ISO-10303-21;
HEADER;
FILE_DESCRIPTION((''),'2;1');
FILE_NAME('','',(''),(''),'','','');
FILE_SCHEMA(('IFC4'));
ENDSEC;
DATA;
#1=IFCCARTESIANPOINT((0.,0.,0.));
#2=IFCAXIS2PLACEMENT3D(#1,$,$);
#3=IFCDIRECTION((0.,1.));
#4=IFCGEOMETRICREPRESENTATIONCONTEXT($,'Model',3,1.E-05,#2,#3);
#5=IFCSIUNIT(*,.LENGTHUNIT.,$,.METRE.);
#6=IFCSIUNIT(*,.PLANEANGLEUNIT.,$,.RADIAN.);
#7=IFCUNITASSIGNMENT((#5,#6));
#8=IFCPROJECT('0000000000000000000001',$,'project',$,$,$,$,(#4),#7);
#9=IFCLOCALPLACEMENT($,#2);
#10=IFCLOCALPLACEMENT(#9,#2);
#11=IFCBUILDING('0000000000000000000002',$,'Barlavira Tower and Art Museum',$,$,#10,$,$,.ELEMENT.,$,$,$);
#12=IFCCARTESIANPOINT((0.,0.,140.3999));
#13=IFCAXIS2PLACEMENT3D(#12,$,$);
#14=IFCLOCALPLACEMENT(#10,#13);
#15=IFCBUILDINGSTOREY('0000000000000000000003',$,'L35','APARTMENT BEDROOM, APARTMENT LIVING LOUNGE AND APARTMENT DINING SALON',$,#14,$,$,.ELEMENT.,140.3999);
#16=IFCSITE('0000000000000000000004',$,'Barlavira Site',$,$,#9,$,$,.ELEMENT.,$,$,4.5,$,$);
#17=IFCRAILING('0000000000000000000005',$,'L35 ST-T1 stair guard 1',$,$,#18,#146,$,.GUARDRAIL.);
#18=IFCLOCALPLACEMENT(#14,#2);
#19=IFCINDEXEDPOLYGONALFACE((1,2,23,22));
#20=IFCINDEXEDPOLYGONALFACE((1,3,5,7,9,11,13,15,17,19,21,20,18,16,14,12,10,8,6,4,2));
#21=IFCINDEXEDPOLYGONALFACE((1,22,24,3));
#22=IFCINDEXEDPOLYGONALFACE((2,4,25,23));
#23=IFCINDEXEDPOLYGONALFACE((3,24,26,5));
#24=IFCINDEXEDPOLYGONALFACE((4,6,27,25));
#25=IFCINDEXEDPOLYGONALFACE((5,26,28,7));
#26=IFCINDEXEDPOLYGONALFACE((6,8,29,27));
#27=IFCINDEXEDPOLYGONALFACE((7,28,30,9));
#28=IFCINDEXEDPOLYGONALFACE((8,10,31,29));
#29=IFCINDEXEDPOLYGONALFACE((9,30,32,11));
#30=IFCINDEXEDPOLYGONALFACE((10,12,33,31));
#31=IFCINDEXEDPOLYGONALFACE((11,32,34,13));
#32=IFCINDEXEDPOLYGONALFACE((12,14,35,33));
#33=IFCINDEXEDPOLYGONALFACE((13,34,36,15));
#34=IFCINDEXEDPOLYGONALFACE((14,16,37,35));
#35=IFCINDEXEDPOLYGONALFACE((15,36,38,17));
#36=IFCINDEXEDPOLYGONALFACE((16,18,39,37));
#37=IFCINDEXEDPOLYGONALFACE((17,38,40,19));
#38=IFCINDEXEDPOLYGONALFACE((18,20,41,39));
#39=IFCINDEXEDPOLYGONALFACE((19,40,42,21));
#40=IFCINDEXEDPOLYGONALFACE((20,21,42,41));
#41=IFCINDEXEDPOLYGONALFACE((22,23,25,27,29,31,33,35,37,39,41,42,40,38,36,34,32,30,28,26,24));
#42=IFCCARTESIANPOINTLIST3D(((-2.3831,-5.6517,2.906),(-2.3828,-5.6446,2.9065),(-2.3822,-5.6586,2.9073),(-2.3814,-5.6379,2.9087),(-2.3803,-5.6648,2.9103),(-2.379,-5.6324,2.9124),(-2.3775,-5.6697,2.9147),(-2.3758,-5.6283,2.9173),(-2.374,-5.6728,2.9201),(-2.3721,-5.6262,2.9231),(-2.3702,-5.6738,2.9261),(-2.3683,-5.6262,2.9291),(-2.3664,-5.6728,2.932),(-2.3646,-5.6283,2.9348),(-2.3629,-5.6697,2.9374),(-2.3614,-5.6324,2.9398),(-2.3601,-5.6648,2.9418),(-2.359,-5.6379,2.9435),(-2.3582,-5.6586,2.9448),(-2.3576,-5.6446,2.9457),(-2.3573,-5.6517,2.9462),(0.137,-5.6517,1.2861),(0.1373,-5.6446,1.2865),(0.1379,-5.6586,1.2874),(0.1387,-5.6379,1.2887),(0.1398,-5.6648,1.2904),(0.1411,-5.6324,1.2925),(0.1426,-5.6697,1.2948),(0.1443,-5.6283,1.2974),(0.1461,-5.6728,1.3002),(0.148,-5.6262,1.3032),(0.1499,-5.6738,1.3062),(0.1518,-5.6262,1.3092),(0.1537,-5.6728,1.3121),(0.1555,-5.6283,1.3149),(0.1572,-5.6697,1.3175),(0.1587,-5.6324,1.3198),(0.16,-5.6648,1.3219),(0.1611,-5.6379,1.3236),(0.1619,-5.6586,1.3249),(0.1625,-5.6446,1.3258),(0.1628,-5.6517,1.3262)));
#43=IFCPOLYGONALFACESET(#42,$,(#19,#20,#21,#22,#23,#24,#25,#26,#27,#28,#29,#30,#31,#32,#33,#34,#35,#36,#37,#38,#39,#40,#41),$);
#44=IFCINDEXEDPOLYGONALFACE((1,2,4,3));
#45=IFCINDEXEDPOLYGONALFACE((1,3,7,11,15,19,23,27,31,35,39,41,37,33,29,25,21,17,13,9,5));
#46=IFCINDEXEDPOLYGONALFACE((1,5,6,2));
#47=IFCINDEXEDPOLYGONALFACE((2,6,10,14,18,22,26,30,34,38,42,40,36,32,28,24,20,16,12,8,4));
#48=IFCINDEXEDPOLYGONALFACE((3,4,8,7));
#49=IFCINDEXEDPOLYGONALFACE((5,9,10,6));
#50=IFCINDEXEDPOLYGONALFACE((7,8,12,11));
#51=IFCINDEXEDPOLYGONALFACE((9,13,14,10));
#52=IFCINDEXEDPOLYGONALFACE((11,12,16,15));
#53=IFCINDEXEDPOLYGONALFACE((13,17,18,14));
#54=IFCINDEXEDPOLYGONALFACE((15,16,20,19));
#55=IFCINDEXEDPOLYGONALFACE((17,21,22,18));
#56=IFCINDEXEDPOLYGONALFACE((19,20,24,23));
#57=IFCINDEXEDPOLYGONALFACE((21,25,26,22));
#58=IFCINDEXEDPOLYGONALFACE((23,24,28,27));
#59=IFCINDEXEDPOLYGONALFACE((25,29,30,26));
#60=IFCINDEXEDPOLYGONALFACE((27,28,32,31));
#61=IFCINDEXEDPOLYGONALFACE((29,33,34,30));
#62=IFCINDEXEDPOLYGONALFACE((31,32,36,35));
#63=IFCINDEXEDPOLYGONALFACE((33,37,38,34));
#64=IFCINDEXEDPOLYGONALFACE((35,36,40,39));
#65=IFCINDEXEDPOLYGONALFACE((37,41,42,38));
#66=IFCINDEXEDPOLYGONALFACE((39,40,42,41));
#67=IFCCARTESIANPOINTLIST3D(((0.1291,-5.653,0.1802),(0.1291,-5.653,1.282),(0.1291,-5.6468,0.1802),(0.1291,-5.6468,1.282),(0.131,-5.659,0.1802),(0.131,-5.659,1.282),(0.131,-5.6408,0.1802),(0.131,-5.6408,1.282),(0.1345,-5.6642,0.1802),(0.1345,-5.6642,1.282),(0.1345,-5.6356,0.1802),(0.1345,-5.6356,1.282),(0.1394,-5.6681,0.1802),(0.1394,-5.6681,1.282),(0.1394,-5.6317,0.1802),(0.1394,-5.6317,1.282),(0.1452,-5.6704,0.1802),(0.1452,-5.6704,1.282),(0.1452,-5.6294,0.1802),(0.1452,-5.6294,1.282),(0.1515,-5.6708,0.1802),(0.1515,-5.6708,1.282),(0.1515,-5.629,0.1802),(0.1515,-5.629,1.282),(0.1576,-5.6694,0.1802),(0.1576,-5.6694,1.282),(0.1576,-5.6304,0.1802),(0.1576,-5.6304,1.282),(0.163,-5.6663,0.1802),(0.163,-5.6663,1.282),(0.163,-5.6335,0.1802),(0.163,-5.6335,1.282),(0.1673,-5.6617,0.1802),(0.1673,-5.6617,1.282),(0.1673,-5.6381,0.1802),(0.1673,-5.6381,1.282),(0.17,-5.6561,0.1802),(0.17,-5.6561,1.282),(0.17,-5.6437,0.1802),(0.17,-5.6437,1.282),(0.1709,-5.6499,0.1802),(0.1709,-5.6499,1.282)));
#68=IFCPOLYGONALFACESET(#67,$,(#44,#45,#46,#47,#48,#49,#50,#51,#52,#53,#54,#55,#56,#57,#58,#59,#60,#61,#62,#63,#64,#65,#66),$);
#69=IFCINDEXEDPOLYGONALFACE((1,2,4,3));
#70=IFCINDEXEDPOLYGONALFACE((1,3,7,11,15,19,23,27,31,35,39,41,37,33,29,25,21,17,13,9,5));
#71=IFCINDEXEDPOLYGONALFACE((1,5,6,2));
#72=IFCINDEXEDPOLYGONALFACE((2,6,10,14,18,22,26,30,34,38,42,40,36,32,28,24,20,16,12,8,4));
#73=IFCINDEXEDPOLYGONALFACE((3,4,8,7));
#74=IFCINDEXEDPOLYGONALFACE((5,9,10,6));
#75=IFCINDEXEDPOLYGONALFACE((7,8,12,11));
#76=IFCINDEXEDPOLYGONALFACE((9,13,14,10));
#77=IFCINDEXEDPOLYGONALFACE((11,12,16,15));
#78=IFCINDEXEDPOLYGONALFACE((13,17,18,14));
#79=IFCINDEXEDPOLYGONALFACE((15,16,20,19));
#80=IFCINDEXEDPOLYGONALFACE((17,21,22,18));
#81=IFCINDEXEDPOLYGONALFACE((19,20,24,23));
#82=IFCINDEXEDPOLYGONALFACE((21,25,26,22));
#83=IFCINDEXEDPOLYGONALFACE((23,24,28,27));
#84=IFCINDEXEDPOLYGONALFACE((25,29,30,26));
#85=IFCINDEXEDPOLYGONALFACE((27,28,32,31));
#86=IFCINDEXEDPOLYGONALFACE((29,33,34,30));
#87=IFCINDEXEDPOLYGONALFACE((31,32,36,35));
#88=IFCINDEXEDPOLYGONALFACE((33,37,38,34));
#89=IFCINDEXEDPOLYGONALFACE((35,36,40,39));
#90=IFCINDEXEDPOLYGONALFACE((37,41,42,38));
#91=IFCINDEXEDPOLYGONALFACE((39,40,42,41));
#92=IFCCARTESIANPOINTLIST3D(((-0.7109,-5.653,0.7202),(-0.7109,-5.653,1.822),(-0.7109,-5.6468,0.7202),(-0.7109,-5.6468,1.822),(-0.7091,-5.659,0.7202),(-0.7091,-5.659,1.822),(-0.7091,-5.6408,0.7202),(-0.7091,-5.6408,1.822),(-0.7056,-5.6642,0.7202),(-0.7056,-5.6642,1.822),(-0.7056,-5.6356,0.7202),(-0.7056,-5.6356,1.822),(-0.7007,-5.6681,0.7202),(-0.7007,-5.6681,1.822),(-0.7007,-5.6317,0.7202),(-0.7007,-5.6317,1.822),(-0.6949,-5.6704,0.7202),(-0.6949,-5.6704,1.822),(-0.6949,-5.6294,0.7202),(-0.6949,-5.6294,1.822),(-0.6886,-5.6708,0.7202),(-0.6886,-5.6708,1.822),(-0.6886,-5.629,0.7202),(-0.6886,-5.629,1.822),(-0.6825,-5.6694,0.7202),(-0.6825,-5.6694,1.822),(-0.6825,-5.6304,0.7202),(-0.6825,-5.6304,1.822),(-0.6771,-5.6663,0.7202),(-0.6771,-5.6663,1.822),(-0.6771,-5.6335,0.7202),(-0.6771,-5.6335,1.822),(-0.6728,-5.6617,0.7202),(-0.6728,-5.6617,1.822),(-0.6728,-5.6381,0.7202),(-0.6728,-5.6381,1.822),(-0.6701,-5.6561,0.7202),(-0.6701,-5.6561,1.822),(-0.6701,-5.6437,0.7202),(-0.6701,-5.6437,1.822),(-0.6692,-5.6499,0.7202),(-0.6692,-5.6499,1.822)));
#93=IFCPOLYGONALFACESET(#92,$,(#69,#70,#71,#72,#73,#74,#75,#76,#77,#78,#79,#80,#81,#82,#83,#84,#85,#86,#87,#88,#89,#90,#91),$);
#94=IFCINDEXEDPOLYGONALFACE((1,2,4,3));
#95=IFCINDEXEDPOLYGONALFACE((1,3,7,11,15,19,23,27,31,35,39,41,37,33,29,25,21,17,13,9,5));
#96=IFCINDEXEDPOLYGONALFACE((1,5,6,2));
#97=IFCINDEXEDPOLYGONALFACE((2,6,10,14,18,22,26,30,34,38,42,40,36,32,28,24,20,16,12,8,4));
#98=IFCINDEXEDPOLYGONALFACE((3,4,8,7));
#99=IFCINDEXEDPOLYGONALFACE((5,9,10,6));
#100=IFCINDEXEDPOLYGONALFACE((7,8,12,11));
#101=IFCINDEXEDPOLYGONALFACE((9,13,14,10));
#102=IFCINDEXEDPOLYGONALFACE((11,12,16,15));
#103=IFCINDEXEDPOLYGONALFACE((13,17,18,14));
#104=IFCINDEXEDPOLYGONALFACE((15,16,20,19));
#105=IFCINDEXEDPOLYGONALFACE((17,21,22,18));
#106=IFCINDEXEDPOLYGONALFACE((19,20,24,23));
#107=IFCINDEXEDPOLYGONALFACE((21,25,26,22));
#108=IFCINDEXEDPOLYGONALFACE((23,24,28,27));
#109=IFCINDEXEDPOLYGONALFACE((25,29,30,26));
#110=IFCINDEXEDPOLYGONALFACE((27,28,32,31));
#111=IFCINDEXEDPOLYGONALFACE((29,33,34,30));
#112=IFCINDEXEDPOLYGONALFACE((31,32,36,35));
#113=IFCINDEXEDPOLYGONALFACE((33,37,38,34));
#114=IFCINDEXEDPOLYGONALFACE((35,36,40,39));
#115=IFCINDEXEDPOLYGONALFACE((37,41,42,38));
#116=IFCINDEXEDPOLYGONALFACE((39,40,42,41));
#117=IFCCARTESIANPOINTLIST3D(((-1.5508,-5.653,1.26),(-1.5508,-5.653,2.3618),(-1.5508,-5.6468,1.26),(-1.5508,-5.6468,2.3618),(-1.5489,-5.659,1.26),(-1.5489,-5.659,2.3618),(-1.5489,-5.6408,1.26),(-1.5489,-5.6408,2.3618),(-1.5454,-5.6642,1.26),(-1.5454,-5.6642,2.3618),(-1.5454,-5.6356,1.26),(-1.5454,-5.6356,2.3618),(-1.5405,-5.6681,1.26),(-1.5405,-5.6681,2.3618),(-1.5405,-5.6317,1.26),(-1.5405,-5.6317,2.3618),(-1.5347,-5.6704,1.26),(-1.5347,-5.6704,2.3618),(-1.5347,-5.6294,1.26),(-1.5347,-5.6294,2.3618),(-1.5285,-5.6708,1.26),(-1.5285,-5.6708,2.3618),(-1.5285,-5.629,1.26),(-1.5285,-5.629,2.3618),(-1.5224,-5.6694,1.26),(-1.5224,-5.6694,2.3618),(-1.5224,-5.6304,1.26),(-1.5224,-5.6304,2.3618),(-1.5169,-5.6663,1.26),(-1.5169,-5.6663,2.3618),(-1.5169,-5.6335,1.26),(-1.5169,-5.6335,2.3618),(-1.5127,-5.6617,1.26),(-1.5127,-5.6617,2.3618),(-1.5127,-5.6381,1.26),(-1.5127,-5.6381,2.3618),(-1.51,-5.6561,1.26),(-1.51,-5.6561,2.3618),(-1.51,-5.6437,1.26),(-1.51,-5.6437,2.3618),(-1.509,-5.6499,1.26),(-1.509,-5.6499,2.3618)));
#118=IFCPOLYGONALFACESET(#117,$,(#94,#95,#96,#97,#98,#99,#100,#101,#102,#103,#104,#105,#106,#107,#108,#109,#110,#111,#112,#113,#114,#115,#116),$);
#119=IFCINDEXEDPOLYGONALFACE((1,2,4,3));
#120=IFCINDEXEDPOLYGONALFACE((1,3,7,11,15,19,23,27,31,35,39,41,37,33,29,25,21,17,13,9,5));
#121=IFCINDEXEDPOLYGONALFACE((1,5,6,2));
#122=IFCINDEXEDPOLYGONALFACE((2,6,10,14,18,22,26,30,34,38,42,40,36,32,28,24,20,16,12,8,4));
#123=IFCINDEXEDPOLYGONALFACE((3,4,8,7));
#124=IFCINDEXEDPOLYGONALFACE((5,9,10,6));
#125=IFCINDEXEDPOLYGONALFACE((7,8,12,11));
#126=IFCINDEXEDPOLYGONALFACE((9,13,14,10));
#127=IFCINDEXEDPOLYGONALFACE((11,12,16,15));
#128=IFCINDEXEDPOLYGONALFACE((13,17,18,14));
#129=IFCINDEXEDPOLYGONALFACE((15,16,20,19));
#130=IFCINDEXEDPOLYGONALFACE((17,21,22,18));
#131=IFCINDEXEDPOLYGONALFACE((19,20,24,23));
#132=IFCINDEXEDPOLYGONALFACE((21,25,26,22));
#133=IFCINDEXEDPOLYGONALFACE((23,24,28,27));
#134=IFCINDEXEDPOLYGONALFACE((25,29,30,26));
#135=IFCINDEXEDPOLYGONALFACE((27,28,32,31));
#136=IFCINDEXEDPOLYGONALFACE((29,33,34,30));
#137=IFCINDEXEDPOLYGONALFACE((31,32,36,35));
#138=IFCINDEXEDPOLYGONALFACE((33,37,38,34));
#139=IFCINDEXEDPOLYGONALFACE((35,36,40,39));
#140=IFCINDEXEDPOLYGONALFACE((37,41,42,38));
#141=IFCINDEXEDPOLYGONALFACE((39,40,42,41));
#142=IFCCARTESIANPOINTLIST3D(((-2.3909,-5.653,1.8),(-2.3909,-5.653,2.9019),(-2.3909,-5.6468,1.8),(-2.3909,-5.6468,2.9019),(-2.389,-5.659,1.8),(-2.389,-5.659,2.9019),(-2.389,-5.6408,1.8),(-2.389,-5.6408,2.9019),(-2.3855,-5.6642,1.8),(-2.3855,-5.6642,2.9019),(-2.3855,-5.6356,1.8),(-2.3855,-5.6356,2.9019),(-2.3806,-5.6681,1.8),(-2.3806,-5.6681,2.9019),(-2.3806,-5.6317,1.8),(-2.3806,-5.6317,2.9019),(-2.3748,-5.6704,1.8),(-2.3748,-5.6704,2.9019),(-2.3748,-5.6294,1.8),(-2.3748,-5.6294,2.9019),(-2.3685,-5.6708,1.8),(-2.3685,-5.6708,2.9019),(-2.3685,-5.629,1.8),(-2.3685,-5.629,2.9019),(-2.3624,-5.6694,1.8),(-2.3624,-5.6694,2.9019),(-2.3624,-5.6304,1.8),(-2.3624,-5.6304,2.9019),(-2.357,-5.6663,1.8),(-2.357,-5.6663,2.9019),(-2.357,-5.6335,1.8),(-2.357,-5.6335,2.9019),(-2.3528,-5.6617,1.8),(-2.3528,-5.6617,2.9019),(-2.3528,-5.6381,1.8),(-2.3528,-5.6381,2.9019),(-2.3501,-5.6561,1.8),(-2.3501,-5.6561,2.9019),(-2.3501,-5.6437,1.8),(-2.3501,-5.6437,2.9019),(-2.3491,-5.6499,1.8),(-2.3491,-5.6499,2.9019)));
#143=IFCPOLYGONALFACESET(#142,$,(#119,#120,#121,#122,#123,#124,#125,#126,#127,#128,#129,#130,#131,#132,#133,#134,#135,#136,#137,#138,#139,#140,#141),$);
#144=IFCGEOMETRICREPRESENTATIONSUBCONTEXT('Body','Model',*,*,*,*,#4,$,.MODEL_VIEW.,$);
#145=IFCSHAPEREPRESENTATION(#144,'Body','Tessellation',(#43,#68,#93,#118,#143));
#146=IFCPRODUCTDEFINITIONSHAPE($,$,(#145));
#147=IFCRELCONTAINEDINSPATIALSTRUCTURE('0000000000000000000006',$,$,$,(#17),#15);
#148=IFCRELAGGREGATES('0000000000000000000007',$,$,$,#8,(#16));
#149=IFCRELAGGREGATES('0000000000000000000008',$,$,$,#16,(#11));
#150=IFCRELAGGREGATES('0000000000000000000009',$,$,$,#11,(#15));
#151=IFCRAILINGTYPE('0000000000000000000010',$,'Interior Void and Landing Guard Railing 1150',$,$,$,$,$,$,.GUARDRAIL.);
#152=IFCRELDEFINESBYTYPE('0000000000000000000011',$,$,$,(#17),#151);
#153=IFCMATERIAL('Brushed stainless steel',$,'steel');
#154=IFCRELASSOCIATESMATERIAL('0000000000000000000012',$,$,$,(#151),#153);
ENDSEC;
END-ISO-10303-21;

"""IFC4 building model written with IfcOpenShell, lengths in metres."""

from ifc_helpers import new_model, si_unit, direction, frame, origin, origin_2d, place, context, subcontext, project, spatial, circle, extrude, material, type_object, element, save


model = new_model("IFC4")

# Units and contexts
model_context = context("Model", 3, precision=1e-05, world=origin(), true_north=direction((0.0, 1.0)))
body_context = subcontext(model_context, "Body", "Model", "MODEL_VIEW")
ifc_project = project(units=[si_unit("LENGTHUNIT", "METRE"), si_unit("PLANEANGLEUNIT", "RADIAN")], contexts=[model_context])

# Site, building, storey
site_placement = place(None, origin())
site = spatial("IfcSite", under=ifc_project, at=site_placement, Name="Barlavira Site", CompositionType="ELEMENT", RefElevation=4.5)
building_placement = place(site_placement, origin())
building = spatial("IfcBuilding", under=site, at=building_placement, Name="Barlavira Tower and Art Museum", CompositionType="ELEMENT")
storey_placement = place(building_placement, frame((0.0, 0.0, 140.3999)))
storey = spatial("IfcBuildingStorey", under=building, at=storey_placement, Name="L35", Description="APARTMENT BEDROOM, APARTMENT LIVING LOUNGE AND APARTMENT DINING SALON", CompositionType="ELEMENT", Elevation=140.3999)

# Shared definitions
ifc_material_1 = material(Name="Brushed stainless steel", Category="steel")

# Railing
railing_type_1 = type_object("IfcRailingType", Name="Interior Void and Landing Guard Railing 1150", PredefinedType="GUARDRAIL", material=ifc_material_1)
railing_1_placement = place(storey_placement, frame((0.1499, -5.6499, 0.1802)))
element("IfcRailing", 1, at=railing_1_placement, inside=storey, type_object=railing_type_1, Name="L35 ST-T1 stair guard 1", PredefinedType="GUARDRAIL", context=body_context, shape_type="SweptSolid", body=[
    extrude(circle(Radius=0.0239, at=origin_2d()), frame((0.0, 0.0, 1.126), z_axis=(-0.8412, 0.0, 0.540725), x_axis=(0.0, -1.0, 0.0)), (0.0, 0.0, 1.0), 2.9958),
    extrude(circle(Radius=0.021, at=origin_2d()), origin(), (0.0, 0.0, 1.0), 1.1018),
    extrude(circle(Radius=0.021, at=origin_2d()), frame((-0.8401, 0.0, 0.54)), (0.0, 0.0, 1.0), 1.1018),
    extrude(circle(Radius=0.021, at=origin_2d()), frame((-1.6799, 0.0, 1.0798)), (0.0, 0.0, 1.0), 1.1018),
    extrude(circle(Radius=0.021, at=origin_2d()), frame((-2.52, 0.0, 1.6199)), (0.0, 0.0, 1.0), 1.1018),
])

save(model, "model.ifc")
